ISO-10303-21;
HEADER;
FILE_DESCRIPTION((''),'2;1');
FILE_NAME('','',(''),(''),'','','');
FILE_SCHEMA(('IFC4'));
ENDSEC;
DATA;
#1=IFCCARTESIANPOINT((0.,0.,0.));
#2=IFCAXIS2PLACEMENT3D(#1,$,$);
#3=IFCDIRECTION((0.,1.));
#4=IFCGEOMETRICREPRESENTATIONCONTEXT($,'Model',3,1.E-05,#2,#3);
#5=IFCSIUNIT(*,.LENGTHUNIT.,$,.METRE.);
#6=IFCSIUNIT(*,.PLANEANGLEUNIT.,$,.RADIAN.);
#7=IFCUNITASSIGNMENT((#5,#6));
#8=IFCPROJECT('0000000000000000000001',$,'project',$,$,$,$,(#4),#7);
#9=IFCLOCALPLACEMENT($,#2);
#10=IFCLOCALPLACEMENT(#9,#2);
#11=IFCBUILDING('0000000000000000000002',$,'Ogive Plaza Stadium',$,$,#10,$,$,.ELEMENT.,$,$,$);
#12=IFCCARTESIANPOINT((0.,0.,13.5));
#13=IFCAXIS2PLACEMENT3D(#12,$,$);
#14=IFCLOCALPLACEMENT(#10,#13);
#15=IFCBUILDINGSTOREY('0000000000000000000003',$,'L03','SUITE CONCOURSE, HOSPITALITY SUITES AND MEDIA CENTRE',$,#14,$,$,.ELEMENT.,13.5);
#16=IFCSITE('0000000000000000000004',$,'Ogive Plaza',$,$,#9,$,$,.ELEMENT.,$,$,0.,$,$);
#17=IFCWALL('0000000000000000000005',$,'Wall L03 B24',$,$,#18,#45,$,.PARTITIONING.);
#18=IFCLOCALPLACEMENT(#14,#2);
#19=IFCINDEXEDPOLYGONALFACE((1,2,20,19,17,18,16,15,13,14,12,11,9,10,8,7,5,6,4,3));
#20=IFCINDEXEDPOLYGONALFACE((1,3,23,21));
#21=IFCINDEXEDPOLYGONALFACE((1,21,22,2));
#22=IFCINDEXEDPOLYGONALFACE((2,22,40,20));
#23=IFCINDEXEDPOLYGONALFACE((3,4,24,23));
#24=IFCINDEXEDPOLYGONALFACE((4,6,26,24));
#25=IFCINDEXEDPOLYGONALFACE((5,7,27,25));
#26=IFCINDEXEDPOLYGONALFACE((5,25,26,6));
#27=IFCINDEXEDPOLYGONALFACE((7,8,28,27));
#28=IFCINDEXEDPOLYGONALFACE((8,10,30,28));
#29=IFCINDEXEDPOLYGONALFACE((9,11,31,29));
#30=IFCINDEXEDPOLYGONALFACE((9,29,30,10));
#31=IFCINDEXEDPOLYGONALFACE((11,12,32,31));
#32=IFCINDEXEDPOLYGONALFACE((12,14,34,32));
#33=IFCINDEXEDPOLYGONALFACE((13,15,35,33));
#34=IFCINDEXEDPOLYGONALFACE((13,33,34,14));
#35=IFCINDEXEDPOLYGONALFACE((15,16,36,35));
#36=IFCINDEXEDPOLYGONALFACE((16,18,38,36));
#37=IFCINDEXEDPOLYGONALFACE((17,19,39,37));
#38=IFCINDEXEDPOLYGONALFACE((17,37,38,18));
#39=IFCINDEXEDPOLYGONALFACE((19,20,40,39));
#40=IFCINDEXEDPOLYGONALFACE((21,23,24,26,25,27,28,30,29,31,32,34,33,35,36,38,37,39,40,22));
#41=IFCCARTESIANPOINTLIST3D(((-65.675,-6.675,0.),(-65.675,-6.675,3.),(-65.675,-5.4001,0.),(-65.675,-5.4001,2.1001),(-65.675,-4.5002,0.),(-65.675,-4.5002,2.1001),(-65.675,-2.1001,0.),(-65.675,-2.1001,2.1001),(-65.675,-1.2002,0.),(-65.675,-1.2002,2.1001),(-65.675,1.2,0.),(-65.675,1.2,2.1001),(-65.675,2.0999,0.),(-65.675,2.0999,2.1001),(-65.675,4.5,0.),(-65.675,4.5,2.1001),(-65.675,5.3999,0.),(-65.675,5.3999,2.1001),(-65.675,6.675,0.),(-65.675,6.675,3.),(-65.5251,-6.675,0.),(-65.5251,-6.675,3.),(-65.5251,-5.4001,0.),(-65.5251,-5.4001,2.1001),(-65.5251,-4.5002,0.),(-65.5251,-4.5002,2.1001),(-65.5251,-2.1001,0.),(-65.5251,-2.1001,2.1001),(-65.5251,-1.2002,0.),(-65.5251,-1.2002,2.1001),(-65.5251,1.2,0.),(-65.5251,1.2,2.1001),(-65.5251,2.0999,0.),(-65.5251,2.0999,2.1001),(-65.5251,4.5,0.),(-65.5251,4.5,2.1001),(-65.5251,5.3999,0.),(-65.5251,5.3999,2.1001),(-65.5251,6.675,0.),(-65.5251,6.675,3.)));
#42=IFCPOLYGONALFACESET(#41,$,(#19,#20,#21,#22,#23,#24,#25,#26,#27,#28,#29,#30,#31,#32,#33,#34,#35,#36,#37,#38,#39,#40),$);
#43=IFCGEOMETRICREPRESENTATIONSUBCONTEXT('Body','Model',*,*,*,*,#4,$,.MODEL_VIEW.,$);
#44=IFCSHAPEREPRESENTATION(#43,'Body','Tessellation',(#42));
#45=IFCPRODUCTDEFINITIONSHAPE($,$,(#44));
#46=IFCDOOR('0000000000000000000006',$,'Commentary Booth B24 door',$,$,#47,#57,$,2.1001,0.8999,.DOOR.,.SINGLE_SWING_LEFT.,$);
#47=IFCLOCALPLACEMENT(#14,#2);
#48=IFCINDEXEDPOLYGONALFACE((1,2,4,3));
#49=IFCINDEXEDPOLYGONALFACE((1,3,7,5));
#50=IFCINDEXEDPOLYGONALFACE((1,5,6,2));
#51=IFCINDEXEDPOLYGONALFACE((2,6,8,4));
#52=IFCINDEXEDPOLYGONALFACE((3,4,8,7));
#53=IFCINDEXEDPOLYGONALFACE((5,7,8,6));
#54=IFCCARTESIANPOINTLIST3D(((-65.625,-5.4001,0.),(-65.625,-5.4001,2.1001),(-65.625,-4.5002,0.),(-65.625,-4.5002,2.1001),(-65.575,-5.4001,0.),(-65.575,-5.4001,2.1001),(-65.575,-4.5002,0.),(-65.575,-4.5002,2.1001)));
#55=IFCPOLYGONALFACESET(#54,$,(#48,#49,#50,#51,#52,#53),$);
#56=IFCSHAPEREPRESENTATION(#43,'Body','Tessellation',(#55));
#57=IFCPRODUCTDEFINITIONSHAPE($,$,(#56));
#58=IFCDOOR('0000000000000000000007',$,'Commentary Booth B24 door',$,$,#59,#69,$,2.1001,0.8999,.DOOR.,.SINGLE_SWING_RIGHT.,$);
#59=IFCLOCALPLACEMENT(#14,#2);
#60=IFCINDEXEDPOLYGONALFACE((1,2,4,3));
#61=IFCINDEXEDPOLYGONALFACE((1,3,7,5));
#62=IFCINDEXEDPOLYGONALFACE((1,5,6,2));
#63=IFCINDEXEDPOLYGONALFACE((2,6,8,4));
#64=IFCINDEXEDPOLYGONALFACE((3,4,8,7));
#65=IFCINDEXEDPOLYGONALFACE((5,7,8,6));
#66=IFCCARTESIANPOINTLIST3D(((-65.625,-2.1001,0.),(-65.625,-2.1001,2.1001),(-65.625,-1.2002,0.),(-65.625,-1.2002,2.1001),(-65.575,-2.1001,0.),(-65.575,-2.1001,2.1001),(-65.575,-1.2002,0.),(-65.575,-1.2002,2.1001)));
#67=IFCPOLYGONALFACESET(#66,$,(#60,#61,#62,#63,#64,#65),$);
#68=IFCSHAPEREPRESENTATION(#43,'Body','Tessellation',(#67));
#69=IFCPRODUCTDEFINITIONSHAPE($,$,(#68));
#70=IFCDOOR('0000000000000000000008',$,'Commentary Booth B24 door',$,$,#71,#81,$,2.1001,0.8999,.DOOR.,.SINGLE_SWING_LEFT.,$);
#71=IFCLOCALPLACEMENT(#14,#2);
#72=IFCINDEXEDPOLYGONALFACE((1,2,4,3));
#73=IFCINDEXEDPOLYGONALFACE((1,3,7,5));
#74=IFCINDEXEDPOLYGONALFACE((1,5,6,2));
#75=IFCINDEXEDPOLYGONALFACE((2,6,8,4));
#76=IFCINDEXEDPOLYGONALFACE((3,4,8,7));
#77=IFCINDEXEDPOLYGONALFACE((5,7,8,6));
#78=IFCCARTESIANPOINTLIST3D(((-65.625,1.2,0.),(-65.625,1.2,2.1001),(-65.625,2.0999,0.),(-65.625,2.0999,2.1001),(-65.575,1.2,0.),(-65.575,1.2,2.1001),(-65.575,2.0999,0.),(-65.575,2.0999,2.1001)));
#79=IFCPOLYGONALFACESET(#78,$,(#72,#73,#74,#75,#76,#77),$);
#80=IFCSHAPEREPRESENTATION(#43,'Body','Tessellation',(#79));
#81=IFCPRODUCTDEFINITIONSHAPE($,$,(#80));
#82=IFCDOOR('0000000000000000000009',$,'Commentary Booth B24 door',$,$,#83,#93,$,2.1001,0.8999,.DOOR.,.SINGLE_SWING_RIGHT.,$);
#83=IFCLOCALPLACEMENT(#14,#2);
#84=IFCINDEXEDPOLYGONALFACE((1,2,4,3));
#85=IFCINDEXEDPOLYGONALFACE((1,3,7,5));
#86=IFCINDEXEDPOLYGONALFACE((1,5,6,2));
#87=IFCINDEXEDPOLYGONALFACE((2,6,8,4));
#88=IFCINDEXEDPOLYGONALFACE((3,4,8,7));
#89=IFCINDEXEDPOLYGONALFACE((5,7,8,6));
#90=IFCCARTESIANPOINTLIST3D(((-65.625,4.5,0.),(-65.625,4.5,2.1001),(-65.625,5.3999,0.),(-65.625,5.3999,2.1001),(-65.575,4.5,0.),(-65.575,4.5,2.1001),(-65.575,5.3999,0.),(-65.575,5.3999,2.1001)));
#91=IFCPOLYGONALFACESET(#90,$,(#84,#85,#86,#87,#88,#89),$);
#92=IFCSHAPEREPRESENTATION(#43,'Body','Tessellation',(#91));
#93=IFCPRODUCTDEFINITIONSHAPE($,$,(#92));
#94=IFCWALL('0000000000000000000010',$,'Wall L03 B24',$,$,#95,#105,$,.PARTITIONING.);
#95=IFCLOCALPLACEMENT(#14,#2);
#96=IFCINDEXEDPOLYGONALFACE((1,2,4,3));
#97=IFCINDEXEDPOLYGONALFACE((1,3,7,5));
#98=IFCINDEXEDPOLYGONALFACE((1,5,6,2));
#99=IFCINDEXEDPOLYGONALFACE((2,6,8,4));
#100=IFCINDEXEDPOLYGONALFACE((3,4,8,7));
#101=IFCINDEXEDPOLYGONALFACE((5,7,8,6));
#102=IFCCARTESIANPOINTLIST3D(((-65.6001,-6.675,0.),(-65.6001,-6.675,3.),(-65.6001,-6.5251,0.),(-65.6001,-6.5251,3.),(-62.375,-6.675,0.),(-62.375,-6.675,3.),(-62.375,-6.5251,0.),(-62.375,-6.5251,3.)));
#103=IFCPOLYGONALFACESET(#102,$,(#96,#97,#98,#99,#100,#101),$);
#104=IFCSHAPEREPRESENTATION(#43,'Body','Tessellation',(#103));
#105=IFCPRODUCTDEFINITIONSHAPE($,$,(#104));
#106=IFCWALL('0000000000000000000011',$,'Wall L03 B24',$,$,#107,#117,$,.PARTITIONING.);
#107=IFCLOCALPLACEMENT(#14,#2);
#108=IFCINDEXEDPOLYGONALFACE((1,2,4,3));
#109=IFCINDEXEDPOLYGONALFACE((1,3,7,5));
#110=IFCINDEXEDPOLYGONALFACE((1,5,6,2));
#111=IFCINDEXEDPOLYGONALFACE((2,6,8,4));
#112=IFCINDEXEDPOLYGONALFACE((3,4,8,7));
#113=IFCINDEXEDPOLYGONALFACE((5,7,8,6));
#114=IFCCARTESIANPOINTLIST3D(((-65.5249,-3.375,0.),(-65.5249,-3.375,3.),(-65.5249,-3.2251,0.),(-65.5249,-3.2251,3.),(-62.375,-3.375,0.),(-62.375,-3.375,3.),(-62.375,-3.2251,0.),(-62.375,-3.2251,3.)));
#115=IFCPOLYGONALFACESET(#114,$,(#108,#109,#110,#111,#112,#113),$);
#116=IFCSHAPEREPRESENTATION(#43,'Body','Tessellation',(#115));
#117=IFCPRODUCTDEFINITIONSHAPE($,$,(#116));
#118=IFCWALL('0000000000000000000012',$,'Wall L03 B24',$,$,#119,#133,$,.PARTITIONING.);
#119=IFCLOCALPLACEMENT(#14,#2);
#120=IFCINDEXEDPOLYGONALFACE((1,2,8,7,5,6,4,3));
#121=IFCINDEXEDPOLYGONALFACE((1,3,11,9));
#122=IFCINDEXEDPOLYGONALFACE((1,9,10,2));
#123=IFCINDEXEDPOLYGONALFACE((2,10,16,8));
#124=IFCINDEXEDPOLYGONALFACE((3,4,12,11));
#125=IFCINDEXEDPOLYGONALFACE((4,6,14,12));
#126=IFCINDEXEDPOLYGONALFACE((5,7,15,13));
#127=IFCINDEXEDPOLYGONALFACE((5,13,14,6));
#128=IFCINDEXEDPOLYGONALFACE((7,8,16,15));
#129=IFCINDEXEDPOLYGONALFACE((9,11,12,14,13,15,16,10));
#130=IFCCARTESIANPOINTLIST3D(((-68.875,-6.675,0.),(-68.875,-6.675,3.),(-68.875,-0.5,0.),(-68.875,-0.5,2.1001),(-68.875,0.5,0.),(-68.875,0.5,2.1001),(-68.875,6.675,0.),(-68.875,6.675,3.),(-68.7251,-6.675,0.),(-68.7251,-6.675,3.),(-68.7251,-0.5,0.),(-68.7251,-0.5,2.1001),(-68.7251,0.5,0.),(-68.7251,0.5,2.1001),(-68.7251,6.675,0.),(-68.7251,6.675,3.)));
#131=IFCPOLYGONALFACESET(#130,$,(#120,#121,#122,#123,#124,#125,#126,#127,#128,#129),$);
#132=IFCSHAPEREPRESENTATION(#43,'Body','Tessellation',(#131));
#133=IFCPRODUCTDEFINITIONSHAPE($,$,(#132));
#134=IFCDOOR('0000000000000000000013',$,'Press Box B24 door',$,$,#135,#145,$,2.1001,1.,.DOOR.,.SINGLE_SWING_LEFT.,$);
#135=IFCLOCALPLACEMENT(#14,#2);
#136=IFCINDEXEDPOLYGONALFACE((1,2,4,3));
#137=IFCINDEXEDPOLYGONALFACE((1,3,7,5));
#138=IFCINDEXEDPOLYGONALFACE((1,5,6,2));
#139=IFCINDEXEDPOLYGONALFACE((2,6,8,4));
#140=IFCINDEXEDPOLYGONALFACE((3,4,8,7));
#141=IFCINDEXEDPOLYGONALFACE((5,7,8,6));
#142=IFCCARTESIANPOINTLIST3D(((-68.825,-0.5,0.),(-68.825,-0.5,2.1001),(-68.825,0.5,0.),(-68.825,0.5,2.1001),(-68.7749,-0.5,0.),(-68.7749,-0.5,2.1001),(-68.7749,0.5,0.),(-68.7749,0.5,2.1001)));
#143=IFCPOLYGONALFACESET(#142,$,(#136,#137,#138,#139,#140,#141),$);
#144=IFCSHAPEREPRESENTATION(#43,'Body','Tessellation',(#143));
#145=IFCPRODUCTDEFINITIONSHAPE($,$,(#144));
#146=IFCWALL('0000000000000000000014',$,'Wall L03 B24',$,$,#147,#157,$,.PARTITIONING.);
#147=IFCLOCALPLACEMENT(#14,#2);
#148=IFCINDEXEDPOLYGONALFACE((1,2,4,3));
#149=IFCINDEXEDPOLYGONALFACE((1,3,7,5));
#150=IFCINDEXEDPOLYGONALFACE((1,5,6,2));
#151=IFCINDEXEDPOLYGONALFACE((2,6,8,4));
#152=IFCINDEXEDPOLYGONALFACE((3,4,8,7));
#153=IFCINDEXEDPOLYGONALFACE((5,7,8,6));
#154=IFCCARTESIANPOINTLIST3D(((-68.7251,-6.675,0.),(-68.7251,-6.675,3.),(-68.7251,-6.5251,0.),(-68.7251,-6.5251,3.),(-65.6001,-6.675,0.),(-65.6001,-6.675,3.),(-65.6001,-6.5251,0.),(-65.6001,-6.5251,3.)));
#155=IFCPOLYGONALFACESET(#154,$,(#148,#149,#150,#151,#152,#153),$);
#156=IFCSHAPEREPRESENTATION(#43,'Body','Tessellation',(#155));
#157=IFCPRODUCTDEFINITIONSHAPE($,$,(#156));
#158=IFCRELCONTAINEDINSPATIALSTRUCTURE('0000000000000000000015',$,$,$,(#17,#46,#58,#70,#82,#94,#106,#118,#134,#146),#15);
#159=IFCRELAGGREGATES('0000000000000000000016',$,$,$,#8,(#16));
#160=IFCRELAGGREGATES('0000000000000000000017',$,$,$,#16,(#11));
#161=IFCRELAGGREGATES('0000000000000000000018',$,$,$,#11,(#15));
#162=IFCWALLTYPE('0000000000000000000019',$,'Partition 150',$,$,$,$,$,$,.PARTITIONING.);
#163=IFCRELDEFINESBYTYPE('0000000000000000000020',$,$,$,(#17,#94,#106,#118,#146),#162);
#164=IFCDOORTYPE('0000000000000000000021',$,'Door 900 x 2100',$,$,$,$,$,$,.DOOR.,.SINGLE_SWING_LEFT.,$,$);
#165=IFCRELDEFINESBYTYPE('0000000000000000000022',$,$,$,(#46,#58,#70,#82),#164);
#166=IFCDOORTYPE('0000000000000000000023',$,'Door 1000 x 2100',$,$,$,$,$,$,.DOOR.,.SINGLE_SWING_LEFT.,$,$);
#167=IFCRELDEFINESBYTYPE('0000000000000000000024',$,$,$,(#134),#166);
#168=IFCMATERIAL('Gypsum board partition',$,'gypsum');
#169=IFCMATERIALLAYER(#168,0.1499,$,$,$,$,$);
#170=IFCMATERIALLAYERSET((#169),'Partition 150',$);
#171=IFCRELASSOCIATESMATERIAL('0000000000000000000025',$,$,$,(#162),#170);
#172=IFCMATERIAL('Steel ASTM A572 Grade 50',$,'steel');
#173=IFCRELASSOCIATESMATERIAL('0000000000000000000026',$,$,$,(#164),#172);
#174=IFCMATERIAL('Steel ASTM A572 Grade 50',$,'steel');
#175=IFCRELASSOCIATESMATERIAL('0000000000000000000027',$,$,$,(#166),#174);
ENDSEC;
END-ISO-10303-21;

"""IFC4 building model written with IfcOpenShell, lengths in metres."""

from ifc_helpers import new_model, si_unit, direction, frame, frame_2d, origin, place, context, subcontext, project, spatial, rectangle, extrude, material, layer, layer_set, type_object, element, fill, save


model = new_model("IFC4")

# Units and contexts
model_context = context("Model", 3, precision=1e-05, world=origin(), true_north=direction((0.0, 1.0)))
body_context = subcontext(model_context, "Body", "Model", "MODEL_VIEW")
ifc_project = project(units=[si_unit("LENGTHUNIT", "METRE"), si_unit("PLANEANGLEUNIT", "RADIAN")], contexts=[model_context])

# Site, building, storey
site_placement = place(None, origin())
site = spatial("IfcSite", under=ifc_project, at=site_placement, Name="Ogive Plaza", CompositionType="ELEMENT", RefElevation=0.0)
building_placement = place(site_placement, origin())
building = spatial("IfcBuilding", under=site, at=building_placement, Name="Ogive Plaza Stadium", CompositionType="ELEMENT")
storey_placement = place(building_placement, frame((0.0, 0.0, 13.5)))
storey = spatial("IfcBuildingStorey", under=building, at=storey_placement, Name="L03", Description="SUITE CONCOURSE, HOSPITALITY SUITES AND MEDIA CENTRE", CompositionType="ELEMENT", Elevation=13.5)

# Wall, openings, doors
ifc_material_1 = material(Name="Gypsum board partition", Category="gypsum")
ifc_layer_1 = layer(ifc_material_1, 0.1499)
ifc_layer_set_1 = layer_set([ifc_layer_1], Name="Partition 150")
wall_type_1 = type_object("IfcWallType", Name="Partition 150", PredefinedType="PARTITIONING", material=ifc_layer_set_1)
wall_1_placement = place(storey_placement, frame((-65.6001, -6.675, 0.0), z_axis=(0.0, 0.0, 1.0), x_axis=(0.0, 1.0, 0.0)))
wall_1 = element("IfcWall", 1, at=wall_1_placement, inside=storey, type_object=wall_type_1, Name="Wall L03 B24", PredefinedType="PARTITIONING", context=body_context, shape_type="SweptSolid", body=[
    extrude(rectangle(XDim=13.3501, YDim=0.1499, at=frame_2d((6.675, 0.0))), origin(), (0.0, 0.0, 1.0), 3.0),
])
opening_1_placement = place(wall_1_placement, frame((1.2749, 0.0, 0.0)))
opening_1 = element("IfcOpeningElement", 2, at=opening_1_placement, cuts=wall_1, PredefinedType="OPENING", context=body_context, shape_type="SweptSolid", body=[
    extrude(rectangle(XDim=0.8999, YDim=2.1001, at=frame_2d((0.45, 1.05))), frame((0.0, 0.075, 0.0), z_axis=(0.0, -1.0, 0.0), x_axis=(1.0, 0.0, 0.0)), (0.0, 0.0, 1.0), 0.1499),
])
opening_2_placement = place(wall_1_placement, frame((4.575, 0.0, 0.0)))
opening_2 = element("IfcOpeningElement", 3, at=opening_2_placement, cuts=wall_1, PredefinedType="OPENING", context=body_context, shape_type="SweptSolid", body=[
    extrude(rectangle(XDim=0.8999, YDim=2.1001, at=frame_2d((0.45, 1.05))), frame((0.0, 0.075, 0.0), z_axis=(0.0, -1.0, 0.0), x_axis=(1.0, 0.0, 0.0)), (0.0, 0.0, 1.0), 0.1499),
])
opening_3_placement = place(wall_1_placement, frame((7.875, 0.0, 0.0)))
opening_3 = element("IfcOpeningElement", 4, at=opening_3_placement, cuts=wall_1, PredefinedType="OPENING", context=body_context, shape_type="SweptSolid", body=[
    extrude(rectangle(XDim=0.8999, YDim=2.1001, at=frame_2d((0.45, 1.05))), frame((0.0, 0.075, 0.0), z_axis=(0.0, -1.0, 0.0), x_axis=(1.0, 0.0, 0.0)), (0.0, 0.0, 1.0), 0.1499),
])
opening_4_placement = place(wall_1_placement, frame((11.175, 0.0, 0.0)))
opening_4 = element("IfcOpeningElement", 5, at=opening_4_placement, cuts=wall_1, PredefinedType="OPENING", context=body_context, shape_type="SweptSolid", body=[
    extrude(rectangle(XDim=0.8999, YDim=2.1001, at=frame_2d((0.45, 1.05))), frame((0.0, 0.075, 0.0), z_axis=(0.0, -1.0, 0.0), x_axis=(1.0, 0.0, 0.0)), (0.0, 0.0, 1.0), 0.1499),
])
ifc_material_2 = material(Name="Steel ASTM A572 Grade 50", Category="steel")
door_type_1 = type_object("IfcDoorType", Name="Door 900 x 2100", OperationType="SINGLE_SWING_LEFT", PredefinedType="DOOR", material=ifc_material_2)
door_1_placement = place(opening_1_placement, origin())
door_1 = element("IfcDoor", 6, at=door_1_placement, inside=storey, type_object=door_type_1, Name="Commentary Booth B24 door", OperationType="SINGLE_SWING_LEFT", OverallHeight=2.1001, OverallWidth=0.8999, PredefinedType="DOOR", context=body_context, shape_type="SweptSolid", body=[
    extrude(rectangle(XDim=0.8999, YDim=2.1001, at=frame_2d((0.45, 1.05))), frame((0.0, 0.0249, 0.0), z_axis=(0.0, -1.0, 0.0), x_axis=(1.0, 0.0, 0.0)), (0.0, 0.0, 1.0), 0.05),
])
fill(opening_1, door_1)
door_2_placement = place(opening_2_placement, origin())
door_2 = element("IfcDoor", 7, at=door_2_placement, inside=storey, type_object=door_type_1, Name="Commentary Booth B24 door", OperationType="SINGLE_SWING_RIGHT", OverallHeight=2.1001, OverallWidth=0.8999, PredefinedType="DOOR", context=body_context, shape_type="SweptSolid", body=[
    extrude(rectangle(XDim=0.8999, YDim=2.1001, at=frame_2d((0.45, 1.05))), frame((0.0, 0.0249, 0.0), z_axis=(0.0, -1.0, 0.0), x_axis=(1.0, 0.0, 0.0)), (0.0, 0.0, 1.0), 0.05),
])
fill(opening_2, door_2)
door_3_placement = place(opening_3_placement, origin())
door_3 = element("IfcDoor", 8, at=door_3_placement, inside=storey, type_object=door_type_1, Name="Commentary Booth B24 door", OperationType="SINGLE_SWING_LEFT", OverallHeight=2.1001, OverallWidth=0.8999, PredefinedType="DOOR", context=body_context, shape_type="SweptSolid", body=[
    extrude(rectangle(XDim=0.8999, YDim=2.1001, at=frame_2d((0.45, 1.05))), frame((0.0, 0.0249, 0.0), z_axis=(0.0, -1.0, 0.0), x_axis=(1.0, 0.0, 0.0)), (0.0, 0.0, 1.0), 0.05),
])
fill(opening_3, door_3)
door_4_placement = place(opening_4_placement, origin())
door_4 = element("IfcDoor", 9, at=door_4_placement, inside=storey, type_object=door_type_1, Name="Commentary Booth B24 door", OperationType="SINGLE_SWING_RIGHT", OverallHeight=2.1001, OverallWidth=0.8999, PredefinedType="DOOR", context=body_context, shape_type="SweptSolid", body=[
    extrude(rectangle(XDim=0.8999, YDim=2.1001, at=frame_2d((0.45, 1.05))), frame((0.0, 0.0249, 0.0), z_axis=(0.0, -1.0, 0.0), x_axis=(1.0, 0.0, 0.0)), (0.0, 0.0, 1.0), 0.05),
])
fill(opening_4, door_4)

# Walls
wall_2_placement = place(storey_placement, frame((-62.375, -6.6001, 0.0), z_axis=(0.0, 0.0, 1.0), x_axis=(-1.0, 0.0, 0.0)))
element("IfcWall", 10, at=wall_2_placement, inside=storey, type_object=wall_type_1, Name="Wall L03 B24", PredefinedType="PARTITIONING", context=body_context, shape_type="SweptSolid", body=[
    extrude(rectangle(XDim=3.2251, YDim=0.1499, at=frame_2d((1.6125, 0.0))), origin(), (0.0, 0.0, 1.0), 3.0),
])
wall_3_placement = place(storey_placement, frame((-62.375, -3.3, 0.0), z_axis=(0.0, 0.0, 1.0), x_axis=(-1.0, 0.0, 0.0)))
element("IfcWall", 11, at=wall_3_placement, inside=storey, type_object=wall_type_1, Name="Wall L03 B24", PredefinedType="PARTITIONING", context=body_context, shape_type="SweptSolid", body=[
    extrude(rectangle(XDim=3.1499, YDim=0.1499, at=frame_2d((1.575, 0.0))), origin(), (0.0, 0.0, 1.0), 3.0),
])

# Wall, opening, door
wall_4_placement = place(storey_placement, frame((-68.8, -6.675, 0.0), z_axis=(0.0, 0.0, 1.0), x_axis=(0.0, 1.0, 0.0)))
wall_4 = element("IfcWall", 12, at=wall_4_placement, inside=storey, type_object=wall_type_1, Name="Wall L03 B24", PredefinedType="PARTITIONING", context=body_context, shape_type="SweptSolid", body=[
    extrude(rectangle(XDim=13.3501, YDim=0.1499, at=frame_2d((6.675, 0.0))), origin(), (0.0, 0.0, 1.0), 3.0),
])
opening_5_placement = place(wall_4_placement, frame((6.175, 0.0, 0.0)))
opening_5 = element("IfcOpeningElement", 13, at=opening_5_placement, cuts=wall_4, PredefinedType="OPENING", context=body_context, shape_type="SweptSolid", body=[
    extrude(rectangle(XDim=1.0, YDim=2.1001, at=frame_2d((0.5, 1.05))), frame((0.0, 0.075, 0.0), z_axis=(0.0, -1.0, 0.0), x_axis=(1.0, 0.0, 0.0)), (0.0, 0.0, 1.0), 0.1499),
])
ifc_material_3 = material(Name="Steel ASTM A572 Grade 50", Category="steel")
door_type_2 = type_object("IfcDoorType", Name="Door 1000 x 2100", OperationType="SINGLE_SWING_LEFT", PredefinedType="DOOR", material=ifc_material_3)
door_5_placement = place(opening_5_placement, origin())
door_5 = element("IfcDoor", 14, at=door_5_placement, inside=storey, type_object=door_type_2, Name="Press Box B24 door", OperationType="SINGLE_SWING_LEFT", OverallHeight=2.1001, OverallWidth=1.0, PredefinedType="DOOR", context=body_context, shape_type="SweptSolid", body=[
    extrude(rectangle(XDim=1.0, YDim=2.1001, at=frame_2d((0.5, 1.05))), frame((0.0, 0.0249, 0.0), z_axis=(0.0, -1.0, 0.0), x_axis=(1.0, 0.0, 0.0)), (0.0, 0.0, 1.0), 0.05),
])
fill(opening_5, door_5)

# Wall
wall_5_placement = place(storey_placement, frame((-65.6001, -6.6001, 0.0), z_axis=(0.0, 0.0, 1.0), x_axis=(-1.0, 0.0, 0.0)))
element("IfcWall", 15, at=wall_5_placement, inside=storey, type_object=wall_type_1, Name="Wall L03 B24", PredefinedType="PARTITIONING", context=body_context, shape_type="SweptSolid", body=[
    extrude(rectangle(XDim=3.125, YDim=0.1499, at=frame_2d((1.5625, 0.0))), origin(), (0.0, 0.0, 1.0), 3.0),
])

save(model, "model.ifc")
